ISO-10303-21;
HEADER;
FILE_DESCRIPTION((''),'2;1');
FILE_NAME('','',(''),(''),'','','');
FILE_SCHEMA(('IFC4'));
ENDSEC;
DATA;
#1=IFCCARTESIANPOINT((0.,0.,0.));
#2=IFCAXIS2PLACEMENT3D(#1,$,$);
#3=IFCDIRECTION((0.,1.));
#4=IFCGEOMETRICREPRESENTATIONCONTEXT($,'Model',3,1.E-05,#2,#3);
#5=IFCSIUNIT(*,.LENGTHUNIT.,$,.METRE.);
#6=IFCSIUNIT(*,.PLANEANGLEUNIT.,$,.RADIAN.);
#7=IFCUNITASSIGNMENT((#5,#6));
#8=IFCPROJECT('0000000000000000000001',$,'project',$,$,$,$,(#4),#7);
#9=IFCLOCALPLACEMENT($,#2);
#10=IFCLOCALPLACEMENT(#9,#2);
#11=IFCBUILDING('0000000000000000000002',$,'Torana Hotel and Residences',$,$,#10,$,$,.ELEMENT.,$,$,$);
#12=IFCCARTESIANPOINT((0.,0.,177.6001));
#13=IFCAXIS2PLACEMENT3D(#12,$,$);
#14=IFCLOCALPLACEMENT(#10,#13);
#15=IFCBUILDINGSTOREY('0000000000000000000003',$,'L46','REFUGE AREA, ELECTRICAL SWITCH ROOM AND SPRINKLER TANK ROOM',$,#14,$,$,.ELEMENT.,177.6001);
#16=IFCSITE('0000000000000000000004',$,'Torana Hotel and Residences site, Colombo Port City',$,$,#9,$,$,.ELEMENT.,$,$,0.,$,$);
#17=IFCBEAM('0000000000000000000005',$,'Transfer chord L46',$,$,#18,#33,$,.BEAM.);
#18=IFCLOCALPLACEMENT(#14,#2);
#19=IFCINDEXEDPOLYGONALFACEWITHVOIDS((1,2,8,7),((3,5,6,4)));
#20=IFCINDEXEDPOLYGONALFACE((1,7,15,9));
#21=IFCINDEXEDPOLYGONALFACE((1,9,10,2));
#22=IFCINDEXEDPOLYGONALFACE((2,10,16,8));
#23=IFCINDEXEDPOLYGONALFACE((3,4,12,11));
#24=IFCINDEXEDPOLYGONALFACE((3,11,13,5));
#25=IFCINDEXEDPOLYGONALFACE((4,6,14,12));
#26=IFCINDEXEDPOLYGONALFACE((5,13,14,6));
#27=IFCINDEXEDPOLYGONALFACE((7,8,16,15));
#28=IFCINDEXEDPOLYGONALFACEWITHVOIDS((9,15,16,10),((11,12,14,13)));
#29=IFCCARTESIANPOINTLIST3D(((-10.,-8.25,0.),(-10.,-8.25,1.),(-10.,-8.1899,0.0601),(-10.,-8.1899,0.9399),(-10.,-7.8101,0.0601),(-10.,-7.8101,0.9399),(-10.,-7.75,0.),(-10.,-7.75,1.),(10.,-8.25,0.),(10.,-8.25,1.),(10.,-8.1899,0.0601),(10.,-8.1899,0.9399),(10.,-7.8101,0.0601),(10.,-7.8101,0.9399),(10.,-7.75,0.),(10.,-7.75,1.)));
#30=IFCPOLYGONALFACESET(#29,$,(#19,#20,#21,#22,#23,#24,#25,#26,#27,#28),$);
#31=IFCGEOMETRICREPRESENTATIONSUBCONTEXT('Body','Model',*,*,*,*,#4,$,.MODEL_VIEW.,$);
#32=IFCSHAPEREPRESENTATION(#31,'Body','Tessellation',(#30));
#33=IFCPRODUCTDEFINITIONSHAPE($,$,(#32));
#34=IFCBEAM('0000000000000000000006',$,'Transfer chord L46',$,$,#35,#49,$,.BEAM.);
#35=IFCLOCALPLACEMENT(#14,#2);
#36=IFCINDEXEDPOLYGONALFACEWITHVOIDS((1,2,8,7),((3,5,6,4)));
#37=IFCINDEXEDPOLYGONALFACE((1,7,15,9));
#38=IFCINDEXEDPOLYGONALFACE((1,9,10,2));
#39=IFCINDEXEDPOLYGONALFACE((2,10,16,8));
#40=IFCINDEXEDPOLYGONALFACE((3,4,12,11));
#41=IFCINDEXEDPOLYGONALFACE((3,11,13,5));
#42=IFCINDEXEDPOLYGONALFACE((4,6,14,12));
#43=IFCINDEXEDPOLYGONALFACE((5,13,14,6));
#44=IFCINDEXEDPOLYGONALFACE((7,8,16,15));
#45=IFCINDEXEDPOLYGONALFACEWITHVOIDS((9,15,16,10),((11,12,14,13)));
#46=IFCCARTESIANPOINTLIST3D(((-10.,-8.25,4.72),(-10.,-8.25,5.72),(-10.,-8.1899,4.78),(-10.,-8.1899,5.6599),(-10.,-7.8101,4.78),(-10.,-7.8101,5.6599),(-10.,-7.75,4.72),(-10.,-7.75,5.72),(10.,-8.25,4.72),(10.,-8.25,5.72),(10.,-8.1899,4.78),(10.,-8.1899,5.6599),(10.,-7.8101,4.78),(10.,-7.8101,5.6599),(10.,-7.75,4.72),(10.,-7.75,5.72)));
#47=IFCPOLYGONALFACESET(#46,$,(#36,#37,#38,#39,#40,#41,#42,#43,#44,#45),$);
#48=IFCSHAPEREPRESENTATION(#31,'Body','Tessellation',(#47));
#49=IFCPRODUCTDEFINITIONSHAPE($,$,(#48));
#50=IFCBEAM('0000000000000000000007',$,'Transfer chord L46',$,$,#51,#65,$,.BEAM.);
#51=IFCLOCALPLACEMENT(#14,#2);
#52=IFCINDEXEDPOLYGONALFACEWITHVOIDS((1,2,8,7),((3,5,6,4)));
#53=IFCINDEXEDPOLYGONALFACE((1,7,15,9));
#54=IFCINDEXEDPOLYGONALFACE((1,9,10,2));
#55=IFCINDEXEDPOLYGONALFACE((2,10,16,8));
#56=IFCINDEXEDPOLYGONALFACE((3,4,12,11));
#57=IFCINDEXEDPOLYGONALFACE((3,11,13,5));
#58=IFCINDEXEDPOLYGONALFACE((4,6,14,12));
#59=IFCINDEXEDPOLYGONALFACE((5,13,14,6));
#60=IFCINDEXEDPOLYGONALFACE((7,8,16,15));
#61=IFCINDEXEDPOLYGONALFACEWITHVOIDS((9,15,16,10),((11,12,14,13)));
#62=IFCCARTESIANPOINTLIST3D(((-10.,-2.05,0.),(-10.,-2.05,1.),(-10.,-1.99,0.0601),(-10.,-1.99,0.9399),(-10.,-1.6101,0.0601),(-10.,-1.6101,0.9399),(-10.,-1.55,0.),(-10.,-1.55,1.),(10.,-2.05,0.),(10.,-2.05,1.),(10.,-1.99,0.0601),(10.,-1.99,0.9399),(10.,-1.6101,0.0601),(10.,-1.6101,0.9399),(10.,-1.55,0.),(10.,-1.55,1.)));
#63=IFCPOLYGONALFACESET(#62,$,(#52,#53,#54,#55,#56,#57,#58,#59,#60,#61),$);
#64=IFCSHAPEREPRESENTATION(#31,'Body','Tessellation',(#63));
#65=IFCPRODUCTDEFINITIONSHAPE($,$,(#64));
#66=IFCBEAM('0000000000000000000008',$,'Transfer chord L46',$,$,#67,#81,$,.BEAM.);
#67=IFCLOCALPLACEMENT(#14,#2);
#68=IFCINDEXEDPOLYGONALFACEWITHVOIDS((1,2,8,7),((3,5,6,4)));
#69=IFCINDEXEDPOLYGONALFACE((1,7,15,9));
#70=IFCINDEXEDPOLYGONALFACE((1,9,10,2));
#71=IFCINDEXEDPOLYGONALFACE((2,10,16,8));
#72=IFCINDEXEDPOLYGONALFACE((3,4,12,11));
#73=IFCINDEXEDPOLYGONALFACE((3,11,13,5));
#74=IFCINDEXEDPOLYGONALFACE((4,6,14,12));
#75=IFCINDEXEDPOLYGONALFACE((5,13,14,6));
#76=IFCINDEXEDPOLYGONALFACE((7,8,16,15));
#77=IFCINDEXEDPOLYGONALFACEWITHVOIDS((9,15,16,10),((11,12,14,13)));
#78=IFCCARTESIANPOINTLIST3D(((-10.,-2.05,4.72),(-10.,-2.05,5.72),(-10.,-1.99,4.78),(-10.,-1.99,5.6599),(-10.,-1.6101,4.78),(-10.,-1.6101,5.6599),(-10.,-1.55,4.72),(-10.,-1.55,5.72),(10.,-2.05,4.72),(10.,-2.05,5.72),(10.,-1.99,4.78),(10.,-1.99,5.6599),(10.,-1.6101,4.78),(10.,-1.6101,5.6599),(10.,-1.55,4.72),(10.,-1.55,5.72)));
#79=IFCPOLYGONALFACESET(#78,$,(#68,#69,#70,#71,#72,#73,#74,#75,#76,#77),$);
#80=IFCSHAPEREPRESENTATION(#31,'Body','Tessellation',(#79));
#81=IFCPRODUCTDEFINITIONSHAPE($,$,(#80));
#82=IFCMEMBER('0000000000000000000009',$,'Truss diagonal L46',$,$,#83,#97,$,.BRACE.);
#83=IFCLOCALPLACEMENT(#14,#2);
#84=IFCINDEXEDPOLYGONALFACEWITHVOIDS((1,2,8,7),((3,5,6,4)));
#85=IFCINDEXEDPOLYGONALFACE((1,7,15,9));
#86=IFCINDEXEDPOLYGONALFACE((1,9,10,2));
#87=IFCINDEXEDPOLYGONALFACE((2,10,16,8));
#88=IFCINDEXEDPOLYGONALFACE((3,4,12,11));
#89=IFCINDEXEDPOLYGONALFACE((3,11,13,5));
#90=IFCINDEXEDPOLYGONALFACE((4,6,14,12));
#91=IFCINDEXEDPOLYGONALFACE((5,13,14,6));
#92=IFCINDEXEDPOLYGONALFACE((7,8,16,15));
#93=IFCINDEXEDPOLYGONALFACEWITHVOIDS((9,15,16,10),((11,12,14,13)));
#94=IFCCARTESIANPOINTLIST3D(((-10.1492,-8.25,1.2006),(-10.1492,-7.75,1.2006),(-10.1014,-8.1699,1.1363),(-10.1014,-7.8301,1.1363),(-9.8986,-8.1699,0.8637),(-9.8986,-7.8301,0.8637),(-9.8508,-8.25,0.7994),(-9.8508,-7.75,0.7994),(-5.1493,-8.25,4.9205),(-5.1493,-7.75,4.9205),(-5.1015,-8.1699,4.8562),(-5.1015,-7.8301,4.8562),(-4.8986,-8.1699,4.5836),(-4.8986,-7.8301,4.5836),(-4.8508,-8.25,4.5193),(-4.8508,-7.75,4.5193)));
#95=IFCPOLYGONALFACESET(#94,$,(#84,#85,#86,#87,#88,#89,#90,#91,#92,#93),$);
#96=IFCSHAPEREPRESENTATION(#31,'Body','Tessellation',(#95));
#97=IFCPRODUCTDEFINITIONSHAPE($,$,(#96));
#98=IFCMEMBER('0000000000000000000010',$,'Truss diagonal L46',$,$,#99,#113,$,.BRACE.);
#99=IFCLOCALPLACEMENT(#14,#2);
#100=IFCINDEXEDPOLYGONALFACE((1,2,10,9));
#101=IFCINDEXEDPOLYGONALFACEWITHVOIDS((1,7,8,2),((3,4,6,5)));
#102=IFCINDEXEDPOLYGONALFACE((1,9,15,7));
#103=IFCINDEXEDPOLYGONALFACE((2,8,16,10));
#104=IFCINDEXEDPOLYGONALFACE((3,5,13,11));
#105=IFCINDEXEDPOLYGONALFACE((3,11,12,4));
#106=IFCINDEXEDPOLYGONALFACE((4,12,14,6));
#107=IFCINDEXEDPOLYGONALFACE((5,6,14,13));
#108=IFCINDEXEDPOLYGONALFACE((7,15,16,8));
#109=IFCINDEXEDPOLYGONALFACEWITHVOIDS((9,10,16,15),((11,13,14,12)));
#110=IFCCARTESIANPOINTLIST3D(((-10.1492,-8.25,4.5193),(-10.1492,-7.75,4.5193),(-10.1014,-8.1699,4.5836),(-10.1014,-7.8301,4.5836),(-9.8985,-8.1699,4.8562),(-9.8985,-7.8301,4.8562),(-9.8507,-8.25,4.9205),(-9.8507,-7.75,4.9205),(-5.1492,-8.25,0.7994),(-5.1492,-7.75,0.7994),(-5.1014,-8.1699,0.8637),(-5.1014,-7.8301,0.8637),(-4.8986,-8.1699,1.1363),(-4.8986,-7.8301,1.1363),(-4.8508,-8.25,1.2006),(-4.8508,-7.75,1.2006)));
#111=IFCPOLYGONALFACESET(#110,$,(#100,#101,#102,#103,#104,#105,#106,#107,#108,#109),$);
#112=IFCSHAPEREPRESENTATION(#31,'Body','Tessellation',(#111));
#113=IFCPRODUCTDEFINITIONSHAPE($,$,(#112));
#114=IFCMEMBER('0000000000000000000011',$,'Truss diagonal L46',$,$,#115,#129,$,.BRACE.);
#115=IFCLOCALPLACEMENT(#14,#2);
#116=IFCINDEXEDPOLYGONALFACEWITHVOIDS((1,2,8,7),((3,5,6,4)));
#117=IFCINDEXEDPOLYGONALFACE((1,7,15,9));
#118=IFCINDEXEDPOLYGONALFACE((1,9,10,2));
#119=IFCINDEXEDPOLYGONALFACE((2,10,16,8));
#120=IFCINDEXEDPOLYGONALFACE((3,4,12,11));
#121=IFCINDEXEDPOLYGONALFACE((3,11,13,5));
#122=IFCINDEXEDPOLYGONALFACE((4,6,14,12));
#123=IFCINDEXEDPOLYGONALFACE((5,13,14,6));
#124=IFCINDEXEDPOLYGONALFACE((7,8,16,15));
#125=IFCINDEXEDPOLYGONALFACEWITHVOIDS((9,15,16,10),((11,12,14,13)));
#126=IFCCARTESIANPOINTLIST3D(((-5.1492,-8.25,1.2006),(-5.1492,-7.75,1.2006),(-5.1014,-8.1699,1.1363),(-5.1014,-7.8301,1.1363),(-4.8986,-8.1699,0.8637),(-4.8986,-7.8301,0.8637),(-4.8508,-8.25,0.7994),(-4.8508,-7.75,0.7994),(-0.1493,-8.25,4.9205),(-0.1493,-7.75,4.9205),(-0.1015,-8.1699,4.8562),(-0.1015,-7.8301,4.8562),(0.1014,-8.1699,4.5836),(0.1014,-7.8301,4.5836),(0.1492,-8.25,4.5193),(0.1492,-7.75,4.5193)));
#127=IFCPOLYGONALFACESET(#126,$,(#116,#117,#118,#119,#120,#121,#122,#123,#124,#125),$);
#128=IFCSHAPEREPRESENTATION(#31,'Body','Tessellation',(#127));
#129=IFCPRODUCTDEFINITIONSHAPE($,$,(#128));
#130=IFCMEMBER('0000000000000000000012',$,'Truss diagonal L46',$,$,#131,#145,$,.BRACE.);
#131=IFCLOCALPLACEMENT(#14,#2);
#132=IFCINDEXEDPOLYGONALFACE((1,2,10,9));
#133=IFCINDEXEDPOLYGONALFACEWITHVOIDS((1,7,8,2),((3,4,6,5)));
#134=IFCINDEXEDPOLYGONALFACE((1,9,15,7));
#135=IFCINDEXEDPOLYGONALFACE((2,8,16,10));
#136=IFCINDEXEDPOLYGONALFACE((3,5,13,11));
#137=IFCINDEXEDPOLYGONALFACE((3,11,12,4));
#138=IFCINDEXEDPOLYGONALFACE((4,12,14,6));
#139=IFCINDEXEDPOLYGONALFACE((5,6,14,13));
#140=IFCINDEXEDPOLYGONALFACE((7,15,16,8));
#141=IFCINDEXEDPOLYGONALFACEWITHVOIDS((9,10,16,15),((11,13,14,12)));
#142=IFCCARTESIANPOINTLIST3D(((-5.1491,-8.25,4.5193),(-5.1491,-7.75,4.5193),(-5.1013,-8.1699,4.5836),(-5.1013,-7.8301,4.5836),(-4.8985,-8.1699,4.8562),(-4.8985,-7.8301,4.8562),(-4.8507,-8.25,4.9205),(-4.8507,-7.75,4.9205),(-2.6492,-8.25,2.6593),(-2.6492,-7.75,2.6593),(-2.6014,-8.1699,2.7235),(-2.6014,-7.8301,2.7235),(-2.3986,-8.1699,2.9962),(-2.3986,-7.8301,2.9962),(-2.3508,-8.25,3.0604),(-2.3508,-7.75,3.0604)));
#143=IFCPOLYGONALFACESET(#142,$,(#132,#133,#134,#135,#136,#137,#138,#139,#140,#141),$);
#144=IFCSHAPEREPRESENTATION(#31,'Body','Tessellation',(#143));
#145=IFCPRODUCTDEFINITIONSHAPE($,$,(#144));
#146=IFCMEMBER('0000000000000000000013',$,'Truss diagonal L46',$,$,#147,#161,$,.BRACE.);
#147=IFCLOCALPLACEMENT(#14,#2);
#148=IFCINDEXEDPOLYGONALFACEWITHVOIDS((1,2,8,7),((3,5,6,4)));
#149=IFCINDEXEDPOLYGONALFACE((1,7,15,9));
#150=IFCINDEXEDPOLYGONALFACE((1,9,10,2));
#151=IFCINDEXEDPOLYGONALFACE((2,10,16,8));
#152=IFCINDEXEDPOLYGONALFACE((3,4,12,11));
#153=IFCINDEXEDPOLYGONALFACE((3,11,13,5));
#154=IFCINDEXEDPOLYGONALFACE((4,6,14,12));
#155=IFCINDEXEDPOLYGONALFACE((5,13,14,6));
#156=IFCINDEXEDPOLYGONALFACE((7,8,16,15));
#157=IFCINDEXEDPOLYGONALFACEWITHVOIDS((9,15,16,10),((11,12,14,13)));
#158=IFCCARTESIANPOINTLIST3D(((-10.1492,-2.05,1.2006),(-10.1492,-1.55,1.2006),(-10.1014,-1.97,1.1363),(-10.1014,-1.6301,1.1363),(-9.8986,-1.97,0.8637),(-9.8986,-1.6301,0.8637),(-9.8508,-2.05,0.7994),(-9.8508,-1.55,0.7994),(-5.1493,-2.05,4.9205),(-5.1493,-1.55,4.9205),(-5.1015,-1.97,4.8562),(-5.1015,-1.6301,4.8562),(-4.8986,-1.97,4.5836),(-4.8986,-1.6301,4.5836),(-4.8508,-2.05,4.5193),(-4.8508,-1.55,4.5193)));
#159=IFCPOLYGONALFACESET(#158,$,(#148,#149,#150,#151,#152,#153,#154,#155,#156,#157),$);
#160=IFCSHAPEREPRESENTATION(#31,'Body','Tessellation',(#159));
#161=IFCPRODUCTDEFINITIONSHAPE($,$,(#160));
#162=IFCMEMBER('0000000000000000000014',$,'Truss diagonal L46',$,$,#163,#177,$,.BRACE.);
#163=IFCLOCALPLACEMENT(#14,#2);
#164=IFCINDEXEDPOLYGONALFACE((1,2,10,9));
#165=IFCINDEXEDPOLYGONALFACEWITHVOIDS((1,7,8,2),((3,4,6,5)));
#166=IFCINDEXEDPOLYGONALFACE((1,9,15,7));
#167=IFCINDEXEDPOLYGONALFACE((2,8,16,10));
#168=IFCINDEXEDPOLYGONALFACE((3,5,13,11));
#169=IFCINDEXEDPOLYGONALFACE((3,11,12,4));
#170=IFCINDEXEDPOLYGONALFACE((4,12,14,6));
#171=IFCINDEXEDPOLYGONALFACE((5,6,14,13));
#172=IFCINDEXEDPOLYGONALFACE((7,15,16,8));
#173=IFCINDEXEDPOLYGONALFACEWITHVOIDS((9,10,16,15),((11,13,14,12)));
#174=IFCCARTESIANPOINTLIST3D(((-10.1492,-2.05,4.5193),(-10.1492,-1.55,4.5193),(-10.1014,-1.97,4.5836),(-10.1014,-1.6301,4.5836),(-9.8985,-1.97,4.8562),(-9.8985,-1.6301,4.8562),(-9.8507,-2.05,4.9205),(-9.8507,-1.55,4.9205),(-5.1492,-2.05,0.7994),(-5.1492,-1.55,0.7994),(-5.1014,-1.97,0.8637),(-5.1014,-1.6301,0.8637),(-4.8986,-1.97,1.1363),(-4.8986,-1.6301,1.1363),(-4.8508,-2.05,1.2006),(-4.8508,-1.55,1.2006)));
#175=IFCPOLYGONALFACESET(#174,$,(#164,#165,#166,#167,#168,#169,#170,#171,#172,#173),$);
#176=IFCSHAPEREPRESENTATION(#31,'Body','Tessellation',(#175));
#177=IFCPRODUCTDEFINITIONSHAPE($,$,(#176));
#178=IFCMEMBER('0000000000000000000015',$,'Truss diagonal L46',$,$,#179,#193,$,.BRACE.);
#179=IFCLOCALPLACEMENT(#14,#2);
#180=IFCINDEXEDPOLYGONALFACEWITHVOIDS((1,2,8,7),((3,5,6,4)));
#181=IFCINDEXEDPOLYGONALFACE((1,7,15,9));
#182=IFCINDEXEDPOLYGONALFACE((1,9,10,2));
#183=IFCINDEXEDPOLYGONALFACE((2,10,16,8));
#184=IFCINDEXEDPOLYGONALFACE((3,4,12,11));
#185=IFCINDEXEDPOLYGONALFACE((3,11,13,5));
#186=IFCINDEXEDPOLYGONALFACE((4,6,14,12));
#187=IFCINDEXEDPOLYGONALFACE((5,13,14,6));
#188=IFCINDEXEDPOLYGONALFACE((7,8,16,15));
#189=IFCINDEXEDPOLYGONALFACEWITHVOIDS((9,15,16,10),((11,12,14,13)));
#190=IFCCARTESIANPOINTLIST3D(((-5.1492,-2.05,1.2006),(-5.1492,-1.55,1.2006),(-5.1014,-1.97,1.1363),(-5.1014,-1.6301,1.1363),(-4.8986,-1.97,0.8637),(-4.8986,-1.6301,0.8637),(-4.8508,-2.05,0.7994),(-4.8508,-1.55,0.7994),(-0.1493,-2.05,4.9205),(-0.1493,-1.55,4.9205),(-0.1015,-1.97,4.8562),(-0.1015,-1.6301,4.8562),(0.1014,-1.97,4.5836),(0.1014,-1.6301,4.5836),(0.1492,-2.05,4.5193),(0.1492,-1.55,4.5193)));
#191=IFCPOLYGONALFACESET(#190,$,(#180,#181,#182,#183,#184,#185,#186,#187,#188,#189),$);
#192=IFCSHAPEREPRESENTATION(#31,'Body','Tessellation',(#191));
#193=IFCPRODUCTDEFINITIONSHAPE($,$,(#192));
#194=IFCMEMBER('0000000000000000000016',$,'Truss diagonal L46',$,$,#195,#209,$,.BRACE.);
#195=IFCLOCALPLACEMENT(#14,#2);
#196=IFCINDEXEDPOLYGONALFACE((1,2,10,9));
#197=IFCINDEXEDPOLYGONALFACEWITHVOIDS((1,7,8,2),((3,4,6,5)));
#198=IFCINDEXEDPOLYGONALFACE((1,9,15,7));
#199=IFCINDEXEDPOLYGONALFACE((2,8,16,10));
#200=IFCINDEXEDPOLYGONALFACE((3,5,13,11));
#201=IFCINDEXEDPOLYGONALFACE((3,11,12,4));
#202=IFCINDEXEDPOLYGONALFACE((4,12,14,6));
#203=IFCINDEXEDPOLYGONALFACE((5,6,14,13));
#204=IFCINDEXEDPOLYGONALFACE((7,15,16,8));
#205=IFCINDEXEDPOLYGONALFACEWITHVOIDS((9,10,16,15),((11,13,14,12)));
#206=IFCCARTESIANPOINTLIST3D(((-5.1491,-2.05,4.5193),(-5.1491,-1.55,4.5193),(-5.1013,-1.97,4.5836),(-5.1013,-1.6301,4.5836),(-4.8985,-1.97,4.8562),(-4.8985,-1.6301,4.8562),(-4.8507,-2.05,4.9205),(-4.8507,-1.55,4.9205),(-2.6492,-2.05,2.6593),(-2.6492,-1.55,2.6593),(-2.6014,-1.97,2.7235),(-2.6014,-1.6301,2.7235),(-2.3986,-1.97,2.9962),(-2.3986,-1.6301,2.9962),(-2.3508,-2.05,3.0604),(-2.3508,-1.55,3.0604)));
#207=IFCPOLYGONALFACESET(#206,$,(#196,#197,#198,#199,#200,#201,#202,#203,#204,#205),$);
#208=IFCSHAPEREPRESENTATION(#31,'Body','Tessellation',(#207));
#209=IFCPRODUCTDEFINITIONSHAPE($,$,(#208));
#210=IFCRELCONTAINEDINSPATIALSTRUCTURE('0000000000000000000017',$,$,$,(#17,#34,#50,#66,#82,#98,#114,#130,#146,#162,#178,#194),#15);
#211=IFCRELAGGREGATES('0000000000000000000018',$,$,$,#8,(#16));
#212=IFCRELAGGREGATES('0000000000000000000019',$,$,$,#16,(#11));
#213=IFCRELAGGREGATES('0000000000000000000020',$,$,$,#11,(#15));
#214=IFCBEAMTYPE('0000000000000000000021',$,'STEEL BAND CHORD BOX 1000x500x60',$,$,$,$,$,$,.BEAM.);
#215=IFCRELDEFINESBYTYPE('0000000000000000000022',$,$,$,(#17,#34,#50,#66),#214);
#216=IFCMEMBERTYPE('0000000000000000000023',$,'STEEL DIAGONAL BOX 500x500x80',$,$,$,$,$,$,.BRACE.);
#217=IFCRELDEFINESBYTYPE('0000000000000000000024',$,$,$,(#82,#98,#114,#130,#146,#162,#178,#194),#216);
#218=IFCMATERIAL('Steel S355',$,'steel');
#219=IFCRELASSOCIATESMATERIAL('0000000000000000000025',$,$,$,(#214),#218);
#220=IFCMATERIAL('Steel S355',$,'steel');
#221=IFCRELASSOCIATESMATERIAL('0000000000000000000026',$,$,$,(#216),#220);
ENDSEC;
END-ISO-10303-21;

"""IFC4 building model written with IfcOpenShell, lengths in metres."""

from ifc_helpers import new_model, si_unit, direction, frame, origin, origin_2d, place, context, subcontext, project, spatial, hollow_rectangle, extrude, material, material_profile, profile_set, type_object, element, save


model = new_model("IFC4")

# Units and contexts
model_context = context("Model", 3, precision=1e-05, world=origin(), true_north=direction((0.0, 1.0)))
body_context = subcontext(model_context, "Body", "Model", "MODEL_VIEW")
ifc_project = project(units=[si_unit("LENGTHUNIT", "METRE"), si_unit("PLANEANGLEUNIT", "RADIAN")], contexts=[model_context])

# Site, building, storey
site_placement = place(None, origin())
site = spatial("IfcSite", under=ifc_project, at=site_placement, Name="Torana Hotel and Residences site, Colombo Port City", CompositionType="ELEMENT", RefElevation=0.0)
building_placement = place(site_placement, origin())
building = spatial("IfcBuilding", under=site, at=building_placement, Name="Torana Hotel and Residences", CompositionType="ELEMENT")
storey_placement = place(building_placement, frame((0.0, 0.0, 177.6001)))
storey = spatial("IfcBuildingStorey", under=building, at=storey_placement, Name="L46", Description="REFUGE AREA, ELECTRICAL SWITCH ROOM AND SPRINKLER TANK ROOM", CompositionType="ELEMENT", Elevation=177.6001)

# Beams
ifc_material_1 = material(Name="Steel S355", Category="steel")
ifc_material_profile_1 = material_profile(ifc_material_1, hollow_rectangle(XDim=0.5, YDim=1.0, WallThickness=0.0601, at=origin_2d()), Name="BOX 1000x500x60")
ifc_profile_set_1 = profile_set([ifc_material_profile_1], Name="Steel S355")
beam_type = type_object("IfcBeamType", Name="STEEL BAND CHORD BOX 1000x500x60", PredefinedType="BEAM", material=ifc_profile_set_1)
for number, where, z_axis, x_axis, name in (
    (1, (-10.0, -8.0, 0.5), (1.0, 0.0, 0.0), (0.0, 1.0, 0.0), "Transfer chord L46"),
    (2, (-10.0, -8.0, 5.22), (1.0, 0.0, 0.0), (0.0, 1.0, 0.0), "Transfer chord L46"),
    (3, (-10.0, -1.8, 0.5), (1.0, 0.0, 0.0), (0.0, 1.0, 0.0), "Transfer chord L46"),
    (4, (-10.0, -1.8, 5.22), (1.0, 0.0, 0.0), (0.0, 1.0, 0.0), "Transfer chord L46"),
):
    element("IfcBeam", number, at=place(storey_placement, frame(where, z_axis=z_axis, x_axis=x_axis)), inside=storey, type_object=beam_type, Name=name, PredefinedType="BEAM", context=body_context, shape_type="SweptSolid", body=[
        extrude(hollow_rectangle(XDim=0.5, YDim=1.0, WallThickness=0.0601, at=origin_2d()), origin(), (0.0, 0.0, 1.0), 20.0),
    ])

# Members
ifc_material_2 = material(Name="Steel S355", Category="steel")
ifc_material_profile_2 = material_profile(ifc_material_2, hollow_rectangle(XDim=0.5, YDim=0.5, WallThickness=0.0801, at=origin_2d()), Name="BOX 500x500x80")
ifc_profile_set_2 = profile_set([ifc_material_profile_2], Name="Steel S355")
member_type_1 = type_object("IfcMemberType", Name="STEEL DIAGONAL BOX 500x500x80", PredefinedType="BRACE", material=ifc_profile_set_2)
for number, where, z_axis, x_axis, name in (
    (5, (-10.0, -8.0, 1.0), (0.802307, 0.0, 0.596912), (0.0, 1.0, 0.0), "Truss diagonal L46"),
    (6, (-5.0, -8.0, 1.0), (-0.802307, 0.0, 0.596912), (0.0, -1.0, 0.0), "Truss diagonal L46"),
    (7, (-5.0, -8.0, 1.0), (0.802307, 0.0, 0.596912), (0.0, 1.0, 0.0), "Truss diagonal L46"),
):
    element("IfcMember", number, at=place(storey_placement, frame(where, z_axis=z_axis, x_axis=x_axis)), inside=storey, type_object=member_type_1, Name=name, PredefinedType="BRACE", context=body_context, shape_type="SweptSolid", body=[
        extrude(hollow_rectangle(XDim=0.5, YDim=0.5, WallThickness=0.0801, at=origin_2d()), origin(), (0.0, 0.0, 1.0), 6.2319),
    ])
member_1_placement = place(storey_placement, frame((-2.5, -8.0, 2.8599), z_axis=(-0.802288, 0.0, 0.596937), x_axis=(0.0, -1.0, 0.0)))
element("IfcMember", 8, at=member_1_placement, inside=storey, type_object=member_type_1, Name="Truss diagonal L46", PredefinedType="BRACE", context=body_context, shape_type="SweptSolid", body=[
    extrude(hollow_rectangle(XDim=0.5, YDim=0.5, WallThickness=0.0801, at=origin_2d()), origin(), (0.0, 0.0, 1.0), 3.116),
])
for number, where, z_axis, x_axis, name in (
    (9, (-10.0, -1.8, 1.0), (0.802307, 0.0, 0.596912), (0.0, 1.0, 0.0), "Truss diagonal L46"),
    (10, (-5.0, -1.8, 1.0), (-0.802307, 0.0, 0.596912), (0.0, -1.0, 0.0), "Truss diagonal L46"),
    (11, (-5.0, -1.8, 1.0), (0.802307, 0.0, 0.596912), (0.0, 1.0, 0.0), "Truss diagonal L46"),
):
    element("IfcMember", number, at=place(storey_placement, frame(where, z_axis=z_axis, x_axis=x_axis)), inside=storey, type_object=member_type_1, Name=name, PredefinedType="BRACE", context=body_context, shape_type="SweptSolid", body=[
        extrude(hollow_rectangle(XDim=0.5, YDim=0.5, WallThickness=0.0801, at=origin_2d()), origin(), (0.0, 0.0, 1.0), 6.2319),
    ])
member_2_placement = place(storey_placement, frame((-2.5, -1.8, 2.8599), z_axis=(-0.802288, 0.0, 0.596937), x_axis=(0.0, -1.0, 0.0)))
element("IfcMember", 12, at=member_2_placement, inside=storey, type_object=member_type_1, Name="Truss diagonal L46", PredefinedType="BRACE", context=body_context, shape_type="SweptSolid", body=[
    extrude(hollow_rectangle(XDim=0.5, YDim=0.5, WallThickness=0.0801, at=origin_2d()), origin(), (0.0, 0.0, 1.0), 3.116),
])

save(model, "model.ifc")
